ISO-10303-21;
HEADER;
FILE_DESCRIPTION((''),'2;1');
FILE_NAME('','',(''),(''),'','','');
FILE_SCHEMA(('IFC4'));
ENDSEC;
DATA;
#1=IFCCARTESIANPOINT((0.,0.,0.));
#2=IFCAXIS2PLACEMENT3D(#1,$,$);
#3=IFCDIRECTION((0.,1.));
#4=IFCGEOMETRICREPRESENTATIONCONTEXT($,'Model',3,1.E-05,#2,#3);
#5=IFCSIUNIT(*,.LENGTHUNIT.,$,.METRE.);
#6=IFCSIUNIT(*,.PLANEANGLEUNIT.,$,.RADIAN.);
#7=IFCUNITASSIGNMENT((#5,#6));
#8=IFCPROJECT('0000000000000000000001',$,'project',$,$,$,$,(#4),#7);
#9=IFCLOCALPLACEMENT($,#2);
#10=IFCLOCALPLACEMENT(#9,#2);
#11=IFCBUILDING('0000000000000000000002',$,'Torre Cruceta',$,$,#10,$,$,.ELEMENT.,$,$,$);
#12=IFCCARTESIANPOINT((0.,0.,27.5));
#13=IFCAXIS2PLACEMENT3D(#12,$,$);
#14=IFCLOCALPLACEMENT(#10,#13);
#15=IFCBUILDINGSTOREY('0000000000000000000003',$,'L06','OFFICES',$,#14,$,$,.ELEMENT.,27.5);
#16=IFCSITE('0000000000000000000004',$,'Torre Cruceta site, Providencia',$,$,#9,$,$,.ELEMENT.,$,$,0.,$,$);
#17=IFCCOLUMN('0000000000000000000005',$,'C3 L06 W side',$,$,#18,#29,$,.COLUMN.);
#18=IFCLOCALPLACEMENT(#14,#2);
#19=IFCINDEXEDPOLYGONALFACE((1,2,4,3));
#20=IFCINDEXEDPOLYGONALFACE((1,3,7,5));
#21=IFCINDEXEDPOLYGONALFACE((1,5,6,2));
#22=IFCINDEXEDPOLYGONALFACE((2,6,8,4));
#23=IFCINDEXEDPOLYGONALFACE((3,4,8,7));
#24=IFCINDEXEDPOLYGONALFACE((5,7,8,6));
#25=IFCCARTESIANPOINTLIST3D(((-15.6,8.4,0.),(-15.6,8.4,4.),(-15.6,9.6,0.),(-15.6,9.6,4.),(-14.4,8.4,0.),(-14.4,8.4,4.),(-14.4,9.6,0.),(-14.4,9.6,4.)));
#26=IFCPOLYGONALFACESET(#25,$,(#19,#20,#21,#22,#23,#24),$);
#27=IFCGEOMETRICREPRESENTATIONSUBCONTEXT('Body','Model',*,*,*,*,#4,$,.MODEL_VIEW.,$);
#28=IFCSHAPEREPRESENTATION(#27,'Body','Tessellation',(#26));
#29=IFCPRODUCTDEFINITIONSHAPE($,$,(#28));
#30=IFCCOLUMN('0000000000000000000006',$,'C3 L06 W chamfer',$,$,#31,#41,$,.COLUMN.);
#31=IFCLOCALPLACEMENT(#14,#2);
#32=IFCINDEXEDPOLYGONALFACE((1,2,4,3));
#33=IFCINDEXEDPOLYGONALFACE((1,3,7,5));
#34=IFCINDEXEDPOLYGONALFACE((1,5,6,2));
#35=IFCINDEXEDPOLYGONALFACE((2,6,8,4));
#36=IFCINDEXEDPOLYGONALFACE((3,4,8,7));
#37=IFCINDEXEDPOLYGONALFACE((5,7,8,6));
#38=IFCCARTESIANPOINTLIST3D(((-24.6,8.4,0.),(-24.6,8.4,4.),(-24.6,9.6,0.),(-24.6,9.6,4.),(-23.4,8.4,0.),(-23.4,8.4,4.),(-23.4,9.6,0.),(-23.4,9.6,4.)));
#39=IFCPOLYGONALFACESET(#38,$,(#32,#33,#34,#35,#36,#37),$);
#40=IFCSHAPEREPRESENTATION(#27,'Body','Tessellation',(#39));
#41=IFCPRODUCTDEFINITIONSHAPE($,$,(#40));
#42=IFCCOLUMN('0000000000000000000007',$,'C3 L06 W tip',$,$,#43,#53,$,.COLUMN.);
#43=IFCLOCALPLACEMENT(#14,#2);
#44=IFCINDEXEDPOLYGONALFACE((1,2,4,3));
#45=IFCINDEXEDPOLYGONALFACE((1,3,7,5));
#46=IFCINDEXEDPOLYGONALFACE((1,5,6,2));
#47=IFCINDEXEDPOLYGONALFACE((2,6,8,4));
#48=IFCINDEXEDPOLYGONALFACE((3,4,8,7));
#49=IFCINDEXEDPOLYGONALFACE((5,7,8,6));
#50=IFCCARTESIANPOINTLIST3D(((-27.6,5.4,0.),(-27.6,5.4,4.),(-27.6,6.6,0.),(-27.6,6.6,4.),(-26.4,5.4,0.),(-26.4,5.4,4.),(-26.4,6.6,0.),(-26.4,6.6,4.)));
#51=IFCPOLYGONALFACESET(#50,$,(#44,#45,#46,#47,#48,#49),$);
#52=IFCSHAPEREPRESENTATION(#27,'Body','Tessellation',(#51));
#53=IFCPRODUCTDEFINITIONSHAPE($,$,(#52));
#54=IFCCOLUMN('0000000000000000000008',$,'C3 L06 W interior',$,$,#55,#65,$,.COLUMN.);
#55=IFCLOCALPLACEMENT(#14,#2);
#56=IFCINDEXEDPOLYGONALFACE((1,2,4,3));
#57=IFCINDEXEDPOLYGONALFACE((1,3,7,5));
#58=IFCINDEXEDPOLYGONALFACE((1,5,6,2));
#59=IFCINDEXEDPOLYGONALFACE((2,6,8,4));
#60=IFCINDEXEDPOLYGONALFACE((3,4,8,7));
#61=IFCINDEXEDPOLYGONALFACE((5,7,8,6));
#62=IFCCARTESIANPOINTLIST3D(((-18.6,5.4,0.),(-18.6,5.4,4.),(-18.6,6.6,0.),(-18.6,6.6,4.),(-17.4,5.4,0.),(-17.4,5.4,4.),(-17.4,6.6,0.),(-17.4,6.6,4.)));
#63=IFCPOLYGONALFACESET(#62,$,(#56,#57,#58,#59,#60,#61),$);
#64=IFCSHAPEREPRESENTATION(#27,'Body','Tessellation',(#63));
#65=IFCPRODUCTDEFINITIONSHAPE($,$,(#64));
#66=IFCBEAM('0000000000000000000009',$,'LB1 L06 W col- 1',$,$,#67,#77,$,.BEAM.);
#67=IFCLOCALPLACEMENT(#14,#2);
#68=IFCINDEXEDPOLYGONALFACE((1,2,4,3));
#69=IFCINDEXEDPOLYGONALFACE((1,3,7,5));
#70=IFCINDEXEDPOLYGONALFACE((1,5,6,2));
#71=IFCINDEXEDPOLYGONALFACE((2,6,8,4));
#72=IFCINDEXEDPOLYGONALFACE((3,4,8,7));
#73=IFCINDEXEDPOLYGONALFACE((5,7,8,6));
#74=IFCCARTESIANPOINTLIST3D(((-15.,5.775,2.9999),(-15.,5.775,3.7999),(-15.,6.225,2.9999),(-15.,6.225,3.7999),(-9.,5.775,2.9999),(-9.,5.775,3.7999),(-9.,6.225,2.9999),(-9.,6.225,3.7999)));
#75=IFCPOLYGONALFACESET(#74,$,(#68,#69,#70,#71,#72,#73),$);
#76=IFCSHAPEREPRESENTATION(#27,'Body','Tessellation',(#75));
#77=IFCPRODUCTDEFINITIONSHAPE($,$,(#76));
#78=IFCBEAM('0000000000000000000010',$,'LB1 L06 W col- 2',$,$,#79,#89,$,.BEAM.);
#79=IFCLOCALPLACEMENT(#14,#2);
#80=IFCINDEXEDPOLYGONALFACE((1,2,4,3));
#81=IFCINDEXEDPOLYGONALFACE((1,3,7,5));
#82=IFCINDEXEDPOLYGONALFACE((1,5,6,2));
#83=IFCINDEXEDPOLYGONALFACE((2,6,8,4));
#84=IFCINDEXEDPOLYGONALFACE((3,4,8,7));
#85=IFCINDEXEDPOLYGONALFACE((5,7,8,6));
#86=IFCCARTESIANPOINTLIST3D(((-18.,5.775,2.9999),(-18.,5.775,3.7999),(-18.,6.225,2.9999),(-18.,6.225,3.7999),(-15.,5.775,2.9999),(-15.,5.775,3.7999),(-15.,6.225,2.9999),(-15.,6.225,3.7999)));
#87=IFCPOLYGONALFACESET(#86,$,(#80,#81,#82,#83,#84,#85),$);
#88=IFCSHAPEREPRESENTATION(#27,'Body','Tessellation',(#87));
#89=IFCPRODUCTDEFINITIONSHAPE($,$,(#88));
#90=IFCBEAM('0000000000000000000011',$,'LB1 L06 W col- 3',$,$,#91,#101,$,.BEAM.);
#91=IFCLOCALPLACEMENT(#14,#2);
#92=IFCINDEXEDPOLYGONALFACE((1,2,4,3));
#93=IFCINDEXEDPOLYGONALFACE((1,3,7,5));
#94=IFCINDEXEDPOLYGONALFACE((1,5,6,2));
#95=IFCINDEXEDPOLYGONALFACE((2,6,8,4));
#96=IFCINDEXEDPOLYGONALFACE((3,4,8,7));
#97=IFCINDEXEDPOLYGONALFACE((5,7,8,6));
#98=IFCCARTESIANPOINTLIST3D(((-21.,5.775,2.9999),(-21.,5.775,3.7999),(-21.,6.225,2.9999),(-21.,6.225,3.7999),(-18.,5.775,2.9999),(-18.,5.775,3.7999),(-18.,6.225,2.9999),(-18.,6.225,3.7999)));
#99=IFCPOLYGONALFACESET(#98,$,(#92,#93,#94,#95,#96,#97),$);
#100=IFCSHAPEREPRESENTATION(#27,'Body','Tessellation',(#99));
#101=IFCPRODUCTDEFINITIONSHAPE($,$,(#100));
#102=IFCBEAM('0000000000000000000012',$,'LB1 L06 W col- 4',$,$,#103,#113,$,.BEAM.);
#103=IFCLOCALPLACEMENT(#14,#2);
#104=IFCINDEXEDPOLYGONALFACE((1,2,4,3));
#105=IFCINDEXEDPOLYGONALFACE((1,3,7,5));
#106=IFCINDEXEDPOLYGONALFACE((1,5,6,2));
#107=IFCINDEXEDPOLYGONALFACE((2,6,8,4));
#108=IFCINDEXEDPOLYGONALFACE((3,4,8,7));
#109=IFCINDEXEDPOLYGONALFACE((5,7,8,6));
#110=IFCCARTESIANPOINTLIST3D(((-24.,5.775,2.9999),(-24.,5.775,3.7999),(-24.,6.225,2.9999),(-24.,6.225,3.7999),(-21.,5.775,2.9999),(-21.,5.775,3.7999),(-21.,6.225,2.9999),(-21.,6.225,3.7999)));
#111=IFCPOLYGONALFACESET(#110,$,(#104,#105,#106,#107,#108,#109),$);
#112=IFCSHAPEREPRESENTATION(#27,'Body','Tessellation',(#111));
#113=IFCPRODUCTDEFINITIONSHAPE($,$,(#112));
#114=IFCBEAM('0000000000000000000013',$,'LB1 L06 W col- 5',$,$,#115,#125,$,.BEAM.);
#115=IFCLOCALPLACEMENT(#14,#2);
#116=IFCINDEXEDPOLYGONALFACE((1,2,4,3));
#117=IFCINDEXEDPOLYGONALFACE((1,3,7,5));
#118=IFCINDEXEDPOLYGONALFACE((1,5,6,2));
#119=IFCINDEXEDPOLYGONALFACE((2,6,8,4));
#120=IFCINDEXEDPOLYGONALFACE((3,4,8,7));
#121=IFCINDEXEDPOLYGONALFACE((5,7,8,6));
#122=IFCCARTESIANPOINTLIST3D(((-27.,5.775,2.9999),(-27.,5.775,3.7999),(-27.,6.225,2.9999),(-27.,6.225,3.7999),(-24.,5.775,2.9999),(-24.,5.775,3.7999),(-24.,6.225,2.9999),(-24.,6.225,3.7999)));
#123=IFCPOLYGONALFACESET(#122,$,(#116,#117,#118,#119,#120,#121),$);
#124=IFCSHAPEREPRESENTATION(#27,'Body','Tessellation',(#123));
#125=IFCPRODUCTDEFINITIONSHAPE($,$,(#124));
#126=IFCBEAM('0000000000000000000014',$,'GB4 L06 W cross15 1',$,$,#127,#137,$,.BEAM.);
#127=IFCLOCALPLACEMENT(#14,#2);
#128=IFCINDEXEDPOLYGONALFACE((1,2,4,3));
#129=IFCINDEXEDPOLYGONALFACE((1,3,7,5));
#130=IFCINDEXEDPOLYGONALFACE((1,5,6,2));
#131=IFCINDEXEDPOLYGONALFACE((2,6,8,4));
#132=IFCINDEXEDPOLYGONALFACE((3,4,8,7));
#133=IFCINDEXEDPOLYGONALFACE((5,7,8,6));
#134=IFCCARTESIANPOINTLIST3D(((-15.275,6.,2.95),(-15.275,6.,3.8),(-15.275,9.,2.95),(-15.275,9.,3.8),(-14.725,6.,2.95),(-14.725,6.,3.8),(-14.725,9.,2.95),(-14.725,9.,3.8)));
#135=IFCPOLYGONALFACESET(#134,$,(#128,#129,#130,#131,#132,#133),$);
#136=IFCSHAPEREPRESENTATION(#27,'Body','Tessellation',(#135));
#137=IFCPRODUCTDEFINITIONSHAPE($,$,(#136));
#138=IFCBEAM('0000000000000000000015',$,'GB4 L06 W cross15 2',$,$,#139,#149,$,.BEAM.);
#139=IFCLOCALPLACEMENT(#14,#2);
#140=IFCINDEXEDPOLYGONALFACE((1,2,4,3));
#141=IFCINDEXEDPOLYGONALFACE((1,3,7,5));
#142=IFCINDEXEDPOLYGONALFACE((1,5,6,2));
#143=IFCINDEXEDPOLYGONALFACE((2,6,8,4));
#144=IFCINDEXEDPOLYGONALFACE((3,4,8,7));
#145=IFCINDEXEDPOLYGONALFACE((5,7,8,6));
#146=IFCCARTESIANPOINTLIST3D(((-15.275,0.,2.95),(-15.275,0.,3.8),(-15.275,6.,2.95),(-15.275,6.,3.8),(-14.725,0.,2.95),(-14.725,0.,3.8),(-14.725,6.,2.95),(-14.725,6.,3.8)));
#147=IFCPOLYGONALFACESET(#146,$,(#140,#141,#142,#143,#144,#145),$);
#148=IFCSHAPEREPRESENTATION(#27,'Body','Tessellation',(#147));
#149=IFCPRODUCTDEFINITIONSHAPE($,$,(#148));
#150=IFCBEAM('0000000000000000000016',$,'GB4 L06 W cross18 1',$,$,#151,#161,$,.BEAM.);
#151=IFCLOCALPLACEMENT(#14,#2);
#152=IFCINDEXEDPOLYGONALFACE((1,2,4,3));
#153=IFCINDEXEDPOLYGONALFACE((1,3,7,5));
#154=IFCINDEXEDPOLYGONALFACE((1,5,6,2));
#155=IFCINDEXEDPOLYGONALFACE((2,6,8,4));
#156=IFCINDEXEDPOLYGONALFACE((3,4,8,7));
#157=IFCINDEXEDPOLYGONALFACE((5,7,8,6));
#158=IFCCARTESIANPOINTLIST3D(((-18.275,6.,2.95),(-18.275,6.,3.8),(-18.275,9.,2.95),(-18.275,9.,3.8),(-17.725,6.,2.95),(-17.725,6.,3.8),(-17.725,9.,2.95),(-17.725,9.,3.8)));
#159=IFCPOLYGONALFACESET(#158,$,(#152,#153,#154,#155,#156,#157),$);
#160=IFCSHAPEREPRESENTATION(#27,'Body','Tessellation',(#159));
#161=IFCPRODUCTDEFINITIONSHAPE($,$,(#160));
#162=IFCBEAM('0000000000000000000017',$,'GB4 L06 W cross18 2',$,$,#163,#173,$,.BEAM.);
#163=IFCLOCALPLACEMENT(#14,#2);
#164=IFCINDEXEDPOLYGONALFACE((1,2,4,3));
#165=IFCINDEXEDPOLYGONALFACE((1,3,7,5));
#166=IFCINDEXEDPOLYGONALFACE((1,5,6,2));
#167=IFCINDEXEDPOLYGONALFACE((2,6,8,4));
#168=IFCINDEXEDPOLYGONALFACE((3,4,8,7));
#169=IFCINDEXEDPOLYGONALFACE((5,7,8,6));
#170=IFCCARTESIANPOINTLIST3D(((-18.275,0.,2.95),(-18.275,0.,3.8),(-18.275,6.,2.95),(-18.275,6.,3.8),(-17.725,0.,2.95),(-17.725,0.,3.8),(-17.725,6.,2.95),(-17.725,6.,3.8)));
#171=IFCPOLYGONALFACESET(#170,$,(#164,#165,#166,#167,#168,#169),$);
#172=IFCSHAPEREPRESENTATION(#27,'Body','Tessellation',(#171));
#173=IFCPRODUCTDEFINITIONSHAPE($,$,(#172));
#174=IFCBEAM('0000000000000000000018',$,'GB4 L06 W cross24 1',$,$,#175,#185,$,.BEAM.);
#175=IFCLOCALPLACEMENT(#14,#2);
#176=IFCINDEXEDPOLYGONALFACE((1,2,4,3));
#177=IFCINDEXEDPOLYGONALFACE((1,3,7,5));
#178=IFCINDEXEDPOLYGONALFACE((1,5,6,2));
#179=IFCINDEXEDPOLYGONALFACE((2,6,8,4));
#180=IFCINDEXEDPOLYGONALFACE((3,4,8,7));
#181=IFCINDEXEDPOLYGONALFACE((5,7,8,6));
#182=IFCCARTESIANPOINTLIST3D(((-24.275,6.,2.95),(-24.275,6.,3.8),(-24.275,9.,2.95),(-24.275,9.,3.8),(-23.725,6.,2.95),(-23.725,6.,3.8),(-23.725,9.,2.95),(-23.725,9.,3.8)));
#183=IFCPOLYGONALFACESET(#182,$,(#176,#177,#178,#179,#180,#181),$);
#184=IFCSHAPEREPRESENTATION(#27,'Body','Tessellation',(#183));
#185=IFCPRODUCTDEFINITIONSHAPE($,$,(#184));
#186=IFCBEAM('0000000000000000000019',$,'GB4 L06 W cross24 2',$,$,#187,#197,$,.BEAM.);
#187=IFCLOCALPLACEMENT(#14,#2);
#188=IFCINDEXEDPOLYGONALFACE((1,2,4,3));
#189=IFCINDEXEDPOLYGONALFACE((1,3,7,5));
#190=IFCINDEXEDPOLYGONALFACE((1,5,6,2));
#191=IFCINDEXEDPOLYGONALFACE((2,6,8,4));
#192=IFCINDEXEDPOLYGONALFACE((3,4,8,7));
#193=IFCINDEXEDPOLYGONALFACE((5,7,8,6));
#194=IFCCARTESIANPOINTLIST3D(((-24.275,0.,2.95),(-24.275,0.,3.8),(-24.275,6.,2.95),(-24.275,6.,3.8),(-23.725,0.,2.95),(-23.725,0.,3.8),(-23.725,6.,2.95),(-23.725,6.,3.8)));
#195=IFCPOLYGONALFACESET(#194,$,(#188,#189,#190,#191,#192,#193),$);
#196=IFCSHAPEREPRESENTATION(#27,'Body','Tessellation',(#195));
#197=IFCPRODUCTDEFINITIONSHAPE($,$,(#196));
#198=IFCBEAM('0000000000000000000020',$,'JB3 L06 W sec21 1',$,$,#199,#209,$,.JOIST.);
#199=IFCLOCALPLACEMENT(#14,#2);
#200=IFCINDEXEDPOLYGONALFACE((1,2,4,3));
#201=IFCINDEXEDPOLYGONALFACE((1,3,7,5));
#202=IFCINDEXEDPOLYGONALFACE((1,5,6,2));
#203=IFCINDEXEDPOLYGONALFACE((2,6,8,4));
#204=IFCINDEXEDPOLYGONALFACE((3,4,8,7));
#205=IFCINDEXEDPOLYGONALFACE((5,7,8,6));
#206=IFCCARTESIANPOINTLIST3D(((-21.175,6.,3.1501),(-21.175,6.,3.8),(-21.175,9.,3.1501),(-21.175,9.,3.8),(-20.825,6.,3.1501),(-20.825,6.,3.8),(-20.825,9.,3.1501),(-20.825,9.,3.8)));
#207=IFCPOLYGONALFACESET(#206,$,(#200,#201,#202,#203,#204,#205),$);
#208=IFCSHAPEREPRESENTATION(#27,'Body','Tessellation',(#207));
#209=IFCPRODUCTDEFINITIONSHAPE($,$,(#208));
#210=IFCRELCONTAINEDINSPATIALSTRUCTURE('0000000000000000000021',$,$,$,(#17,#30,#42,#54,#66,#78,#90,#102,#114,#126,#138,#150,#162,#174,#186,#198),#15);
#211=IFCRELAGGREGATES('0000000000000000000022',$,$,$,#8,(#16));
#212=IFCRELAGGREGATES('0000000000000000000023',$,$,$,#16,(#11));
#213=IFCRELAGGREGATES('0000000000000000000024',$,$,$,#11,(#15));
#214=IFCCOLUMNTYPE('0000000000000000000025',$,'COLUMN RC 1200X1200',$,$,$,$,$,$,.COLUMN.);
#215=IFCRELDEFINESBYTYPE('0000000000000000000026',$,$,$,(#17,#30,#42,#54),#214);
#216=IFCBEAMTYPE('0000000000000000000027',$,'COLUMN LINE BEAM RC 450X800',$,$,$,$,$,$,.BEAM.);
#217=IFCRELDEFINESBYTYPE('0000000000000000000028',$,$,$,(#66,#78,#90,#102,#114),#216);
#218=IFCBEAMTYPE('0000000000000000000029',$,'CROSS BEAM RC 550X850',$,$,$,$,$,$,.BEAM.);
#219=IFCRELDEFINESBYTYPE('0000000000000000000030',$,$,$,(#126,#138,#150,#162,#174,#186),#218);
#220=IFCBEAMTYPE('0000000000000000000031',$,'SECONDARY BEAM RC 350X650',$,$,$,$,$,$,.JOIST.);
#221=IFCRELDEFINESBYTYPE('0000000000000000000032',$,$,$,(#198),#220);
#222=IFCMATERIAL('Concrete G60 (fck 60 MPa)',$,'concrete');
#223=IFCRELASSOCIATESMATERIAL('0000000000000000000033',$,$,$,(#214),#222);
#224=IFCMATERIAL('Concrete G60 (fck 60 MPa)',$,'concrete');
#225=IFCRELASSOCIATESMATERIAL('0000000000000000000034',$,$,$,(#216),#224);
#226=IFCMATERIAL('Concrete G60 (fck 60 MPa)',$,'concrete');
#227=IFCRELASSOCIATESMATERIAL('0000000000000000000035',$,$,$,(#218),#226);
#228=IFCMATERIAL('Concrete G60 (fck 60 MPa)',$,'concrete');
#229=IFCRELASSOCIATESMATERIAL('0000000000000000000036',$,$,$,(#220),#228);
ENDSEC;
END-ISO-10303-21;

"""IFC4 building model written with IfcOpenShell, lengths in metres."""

from ifc_helpers import new_model, si_unit, direction, frame, origin, origin_2d, place, context, subcontext, project, spatial, rectangle, extrude, material, material_profile, profile_set, type_object, element, save


model = new_model("IFC4")

# Units and contexts
model_context = context("Model", 3, precision=1e-05, world=origin(), true_north=direction((0.0, 1.0)))
body_context = subcontext(model_context, "Body", "Model", "MODEL_VIEW")
ifc_project = project(units=[si_unit("LENGTHUNIT", "METRE"), si_unit("PLANEANGLEUNIT", "RADIAN")], contexts=[model_context])

# Site, building, storey
site_placement = place(None, origin())
site = spatial("IfcSite", under=ifc_project, at=site_placement, Name="Torre Cruceta site, Providencia", CompositionType="ELEMENT", RefElevation=0.0)
building_placement = place(site_placement, origin())
building = spatial("IfcBuilding", under=site, at=building_placement, Name="Torre Cruceta", CompositionType="ELEMENT")
storey_placement = place(building_placement, frame((0.0, 0.0, 27.5)))
storey = spatial("IfcBuildingStorey", under=building, at=storey_placement, Name="L06", Description="OFFICES", CompositionType="ELEMENT", Elevation=27.5)

# Columns
ifc_material_1 = material(Name="Concrete G60 (fck 60 MPa)", Category="concrete")
ifc_material_profile_1 = material_profile(ifc_material_1, rectangle(XDim=1.2, YDim=1.2, at=origin_2d()), Name="RC 1200X1200")
ifc_profile_set_1 = profile_set([ifc_material_profile_1], Name="Concrete G60 (fck 60 MPa)")
column_type = type_object("IfcColumnType", Name="COLUMN RC 1200X1200", PredefinedType="COLUMN", material=ifc_profile_set_1)
for number, where, z_axis, x_axis, name in (
    (1, (-15.0, 9.0, 0.0), (0.0, 0.0, 1.0), (1.0, 0.0, 0.0), "C3 L06 W side"),
    (2, (-24.0, 9.0, 0.0), (0.0, 0.0, 1.0), (1.0, 0.0, 0.0), "C3 L06 W chamfer"),
    (3, (-27.0, 6.0, 0.0), (0.0, 0.0, 1.0), (1.0, 0.0, 0.0), "C3 L06 W tip"),
    (4, (-18.0, 6.0, 0.0), (0.0, 0.0, 1.0), (1.0, 0.0, 0.0), "C3 L06 W interior"),
):
    element("IfcColumn", number, at=place(storey_placement, frame(where, z_axis=z_axis, x_axis=x_axis)), inside=storey, type_object=column_type, Name=name, PredefinedType="COLUMN", context=body_context, shape_type="SweptSolid", body=[
        extrude(rectangle(XDim=1.2, YDim=1.2, at=origin_2d()), origin(), (0.0, 0.0, 1.0), 4.0),
    ])

# Beams
ifc_material_2 = material(Name="Concrete G60 (fck 60 MPa)", Category="concrete")
ifc_material_profile_2 = material_profile(ifc_material_2, rectangle(XDim=0.45, YDim=0.8, at=origin_2d()), Name="RC 450X800")
ifc_profile_set_2 = profile_set([ifc_material_profile_2], Name="Concrete G60 (fck 60 MPa)")
beam_type_1 = type_object("IfcBeamType", Name="COLUMN LINE BEAM RC 450X800", PredefinedType="BEAM", material=ifc_profile_set_2)
beam_1_placement = place(storey_placement, frame((-9.0, 6.0, 3.3999), z_axis=(-1.0, 0.0, 0.0), x_axis=(0.0, -1.0, 0.0)))
element("IfcBeam", 5, at=beam_1_placement, inside=storey, type_object=beam_type_1, Name="LB1 L06 W col- 1", PredefinedType="BEAM", context=body_context, shape_type="SweptSolid", body=[
    extrude(rectangle(XDim=0.45, YDim=0.8, at=origin_2d()), origin(), (0.0, 0.0, 1.0), 6.0),
])
for number, where, z_axis, x_axis, name in (
    (6, (-15.0, 6.0, 3.3999), (-1.0, 0.0, 0.0), (0.0, -1.0, 0.0), "LB1 L06 W col- 2"),
    (7, (-18.0, 6.0, 3.3999), (-1.0, 0.0, 0.0), (0.0, -1.0, 0.0), "LB1 L06 W col- 3"),
    (8, (-21.0, 6.0, 3.3999), (-1.0, 0.0, 0.0), (0.0, -1.0, 0.0), "LB1 L06 W col- 4"),
    (9, (-24.0, 6.0, 3.3999), (-1.0, 0.0, 0.0), (0.0, -1.0, 0.0), "LB1 L06 W col- 5"),
):
    element("IfcBeam", number, at=place(storey_placement, frame(where, z_axis=z_axis, x_axis=x_axis)), inside=storey, type_object=beam_type_1, Name=name, PredefinedType="BEAM", context=body_context, shape_type="SweptSolid", body=[
        extrude(rectangle(XDim=0.45, YDim=0.8, at=origin_2d()), origin(), (0.0, 0.0, 1.0), 3.0),
    ])
ifc_material_3 = material(Name="Concrete G60 (fck 60 MPa)", Category="concrete")
ifc_material_profile_3 = material_profile(ifc_material_3, rectangle(XDim=0.55, YDim=0.8501, at=origin_2d()), Name="RC 550X850")
ifc_profile_set_3 = profile_set([ifc_material_profile_3], Name="Concrete G60 (fck 60 MPa)")
beam_type_2 = type_object("IfcBeamType", Name="CROSS BEAM RC 550X850", PredefinedType="BEAM", material=ifc_profile_set_3)
beam_2_placement = place(storey_placement, frame((-15.0, 9.0, 3.375), z_axis=(0.0, -1.0, 0.0), x_axis=(1.0, 0.0, 0.0)))
element("IfcBeam", 10, at=beam_2_placement, inside=storey, type_object=beam_type_2, Name="GB4 L06 W cross15 1", PredefinedType="BEAM", context=body_context, shape_type="SweptSolid", body=[
    extrude(rectangle(XDim=0.55, YDim=0.8501, at=origin_2d()), origin(), (0.0, 0.0, 1.0), 3.0),
])
beam_3_placement = place(storey_placement, frame((-15.0, 6.0, 3.375), z_axis=(0.0, -1.0, 0.0), x_axis=(1.0, 0.0, 0.0)))
element("IfcBeam", 11, at=beam_3_placement, inside=storey, type_object=beam_type_2, Name="GB4 L06 W cross15 2", PredefinedType="BEAM", context=body_context, shape_type="SweptSolid", body=[
    extrude(rectangle(XDim=0.55, YDim=0.8501, at=origin_2d()), origin(), (0.0, 0.0, 1.0), 6.0),
])
beam_4_placement = place(storey_placement, frame((-18.0, 9.0, 3.375), z_axis=(0.0, -1.0, 0.0), x_axis=(1.0, 0.0, 0.0)))
element("IfcBeam", 12, at=beam_4_placement, inside=storey, type_object=beam_type_2, Name="GB4 L06 W cross18 1", PredefinedType="BEAM", context=body_context, shape_type="SweptSolid", body=[
    extrude(rectangle(XDim=0.55, YDim=0.8501, at=origin_2d()), origin(), (0.0, 0.0, 1.0), 3.0),
])
beam_5_placement = place(storey_placement, frame((-18.0, 6.0, 3.375), z_axis=(0.0, -1.0, 0.0), x_axis=(1.0, 0.0, 0.0)))
element("IfcBeam", 13, at=beam_5_placement, inside=storey, type_object=beam_type_2, Name="GB4 L06 W cross18 2", PredefinedType="BEAM", context=body_context, shape_type="SweptSolid", body=[
    extrude(rectangle(XDim=0.55, YDim=0.8501, at=origin_2d()), origin(), (0.0, 0.0, 1.0), 6.0),
])
beam_6_placement = place(storey_placement, frame((-24.0, 9.0, 3.375), z_axis=(0.0, -1.0, 0.0), x_axis=(1.0, 0.0, 0.0)))
element("IfcBeam", 14, at=beam_6_placement, inside=storey, type_object=beam_type_2, Name="GB4 L06 W cross24 1", PredefinedType="BEAM", context=body_context, shape_type="SweptSolid", body=[
    extrude(rectangle(XDim=0.55, YDim=0.8501, at=origin_2d()), origin(), (0.0, 0.0, 1.0), 3.0),
])
beam_7_placement = place(storey_placement, frame((-24.0, 6.0, 3.375), z_axis=(0.0, -1.0, 0.0), x_axis=(1.0, 0.0, 0.0)))
element("IfcBeam", 15, at=beam_7_placement, inside=storey, type_object=beam_type_2, Name="GB4 L06 W cross24 2", PredefinedType="BEAM", context=body_context, shape_type="SweptSolid", body=[
    extrude(rectangle(XDim=0.55, YDim=0.8501, at=origin_2d()), origin(), (0.0, 0.0, 1.0), 6.0),
])
ifc_material_4 = material(Name="Concrete G60 (fck 60 MPa)", Category="concrete")
ifc_material_profile_4 = material_profile(ifc_material_4, rectangle(XDim=0.3501, YDim=0.6499, at=origin_2d()), Name="RC 350X650")
ifc_profile_set_4 = profile_set([ifc_material_profile_4], Name="Concrete G60 (fck 60 MPa)")
beam_type_3 = type_object("IfcBeamType", Name="SECONDARY BEAM RC 350X650", PredefinedType="JOIST", material=ifc_profile_set_4)
beam_8_placement = place(storey_placement, frame((-21.0, 9.0, 3.4751), z_axis=(0.0, -1.0, 0.0), x_axis=(1.0, 0.0, 0.0)))
element("IfcBeam", 16, at=beam_8_placement, inside=storey, type_object=beam_type_3, Name="JB3 L06 W sec21 1", PredefinedType="JOIST", context=body_context, shape_type="SweptSolid", body=[
    extrude(rectangle(XDim=0.3501, YDim=0.6499, at=origin_2d()), origin(), (0.0, 0.0, 1.0), 3.0),
])

save(model, "model.ifc")
